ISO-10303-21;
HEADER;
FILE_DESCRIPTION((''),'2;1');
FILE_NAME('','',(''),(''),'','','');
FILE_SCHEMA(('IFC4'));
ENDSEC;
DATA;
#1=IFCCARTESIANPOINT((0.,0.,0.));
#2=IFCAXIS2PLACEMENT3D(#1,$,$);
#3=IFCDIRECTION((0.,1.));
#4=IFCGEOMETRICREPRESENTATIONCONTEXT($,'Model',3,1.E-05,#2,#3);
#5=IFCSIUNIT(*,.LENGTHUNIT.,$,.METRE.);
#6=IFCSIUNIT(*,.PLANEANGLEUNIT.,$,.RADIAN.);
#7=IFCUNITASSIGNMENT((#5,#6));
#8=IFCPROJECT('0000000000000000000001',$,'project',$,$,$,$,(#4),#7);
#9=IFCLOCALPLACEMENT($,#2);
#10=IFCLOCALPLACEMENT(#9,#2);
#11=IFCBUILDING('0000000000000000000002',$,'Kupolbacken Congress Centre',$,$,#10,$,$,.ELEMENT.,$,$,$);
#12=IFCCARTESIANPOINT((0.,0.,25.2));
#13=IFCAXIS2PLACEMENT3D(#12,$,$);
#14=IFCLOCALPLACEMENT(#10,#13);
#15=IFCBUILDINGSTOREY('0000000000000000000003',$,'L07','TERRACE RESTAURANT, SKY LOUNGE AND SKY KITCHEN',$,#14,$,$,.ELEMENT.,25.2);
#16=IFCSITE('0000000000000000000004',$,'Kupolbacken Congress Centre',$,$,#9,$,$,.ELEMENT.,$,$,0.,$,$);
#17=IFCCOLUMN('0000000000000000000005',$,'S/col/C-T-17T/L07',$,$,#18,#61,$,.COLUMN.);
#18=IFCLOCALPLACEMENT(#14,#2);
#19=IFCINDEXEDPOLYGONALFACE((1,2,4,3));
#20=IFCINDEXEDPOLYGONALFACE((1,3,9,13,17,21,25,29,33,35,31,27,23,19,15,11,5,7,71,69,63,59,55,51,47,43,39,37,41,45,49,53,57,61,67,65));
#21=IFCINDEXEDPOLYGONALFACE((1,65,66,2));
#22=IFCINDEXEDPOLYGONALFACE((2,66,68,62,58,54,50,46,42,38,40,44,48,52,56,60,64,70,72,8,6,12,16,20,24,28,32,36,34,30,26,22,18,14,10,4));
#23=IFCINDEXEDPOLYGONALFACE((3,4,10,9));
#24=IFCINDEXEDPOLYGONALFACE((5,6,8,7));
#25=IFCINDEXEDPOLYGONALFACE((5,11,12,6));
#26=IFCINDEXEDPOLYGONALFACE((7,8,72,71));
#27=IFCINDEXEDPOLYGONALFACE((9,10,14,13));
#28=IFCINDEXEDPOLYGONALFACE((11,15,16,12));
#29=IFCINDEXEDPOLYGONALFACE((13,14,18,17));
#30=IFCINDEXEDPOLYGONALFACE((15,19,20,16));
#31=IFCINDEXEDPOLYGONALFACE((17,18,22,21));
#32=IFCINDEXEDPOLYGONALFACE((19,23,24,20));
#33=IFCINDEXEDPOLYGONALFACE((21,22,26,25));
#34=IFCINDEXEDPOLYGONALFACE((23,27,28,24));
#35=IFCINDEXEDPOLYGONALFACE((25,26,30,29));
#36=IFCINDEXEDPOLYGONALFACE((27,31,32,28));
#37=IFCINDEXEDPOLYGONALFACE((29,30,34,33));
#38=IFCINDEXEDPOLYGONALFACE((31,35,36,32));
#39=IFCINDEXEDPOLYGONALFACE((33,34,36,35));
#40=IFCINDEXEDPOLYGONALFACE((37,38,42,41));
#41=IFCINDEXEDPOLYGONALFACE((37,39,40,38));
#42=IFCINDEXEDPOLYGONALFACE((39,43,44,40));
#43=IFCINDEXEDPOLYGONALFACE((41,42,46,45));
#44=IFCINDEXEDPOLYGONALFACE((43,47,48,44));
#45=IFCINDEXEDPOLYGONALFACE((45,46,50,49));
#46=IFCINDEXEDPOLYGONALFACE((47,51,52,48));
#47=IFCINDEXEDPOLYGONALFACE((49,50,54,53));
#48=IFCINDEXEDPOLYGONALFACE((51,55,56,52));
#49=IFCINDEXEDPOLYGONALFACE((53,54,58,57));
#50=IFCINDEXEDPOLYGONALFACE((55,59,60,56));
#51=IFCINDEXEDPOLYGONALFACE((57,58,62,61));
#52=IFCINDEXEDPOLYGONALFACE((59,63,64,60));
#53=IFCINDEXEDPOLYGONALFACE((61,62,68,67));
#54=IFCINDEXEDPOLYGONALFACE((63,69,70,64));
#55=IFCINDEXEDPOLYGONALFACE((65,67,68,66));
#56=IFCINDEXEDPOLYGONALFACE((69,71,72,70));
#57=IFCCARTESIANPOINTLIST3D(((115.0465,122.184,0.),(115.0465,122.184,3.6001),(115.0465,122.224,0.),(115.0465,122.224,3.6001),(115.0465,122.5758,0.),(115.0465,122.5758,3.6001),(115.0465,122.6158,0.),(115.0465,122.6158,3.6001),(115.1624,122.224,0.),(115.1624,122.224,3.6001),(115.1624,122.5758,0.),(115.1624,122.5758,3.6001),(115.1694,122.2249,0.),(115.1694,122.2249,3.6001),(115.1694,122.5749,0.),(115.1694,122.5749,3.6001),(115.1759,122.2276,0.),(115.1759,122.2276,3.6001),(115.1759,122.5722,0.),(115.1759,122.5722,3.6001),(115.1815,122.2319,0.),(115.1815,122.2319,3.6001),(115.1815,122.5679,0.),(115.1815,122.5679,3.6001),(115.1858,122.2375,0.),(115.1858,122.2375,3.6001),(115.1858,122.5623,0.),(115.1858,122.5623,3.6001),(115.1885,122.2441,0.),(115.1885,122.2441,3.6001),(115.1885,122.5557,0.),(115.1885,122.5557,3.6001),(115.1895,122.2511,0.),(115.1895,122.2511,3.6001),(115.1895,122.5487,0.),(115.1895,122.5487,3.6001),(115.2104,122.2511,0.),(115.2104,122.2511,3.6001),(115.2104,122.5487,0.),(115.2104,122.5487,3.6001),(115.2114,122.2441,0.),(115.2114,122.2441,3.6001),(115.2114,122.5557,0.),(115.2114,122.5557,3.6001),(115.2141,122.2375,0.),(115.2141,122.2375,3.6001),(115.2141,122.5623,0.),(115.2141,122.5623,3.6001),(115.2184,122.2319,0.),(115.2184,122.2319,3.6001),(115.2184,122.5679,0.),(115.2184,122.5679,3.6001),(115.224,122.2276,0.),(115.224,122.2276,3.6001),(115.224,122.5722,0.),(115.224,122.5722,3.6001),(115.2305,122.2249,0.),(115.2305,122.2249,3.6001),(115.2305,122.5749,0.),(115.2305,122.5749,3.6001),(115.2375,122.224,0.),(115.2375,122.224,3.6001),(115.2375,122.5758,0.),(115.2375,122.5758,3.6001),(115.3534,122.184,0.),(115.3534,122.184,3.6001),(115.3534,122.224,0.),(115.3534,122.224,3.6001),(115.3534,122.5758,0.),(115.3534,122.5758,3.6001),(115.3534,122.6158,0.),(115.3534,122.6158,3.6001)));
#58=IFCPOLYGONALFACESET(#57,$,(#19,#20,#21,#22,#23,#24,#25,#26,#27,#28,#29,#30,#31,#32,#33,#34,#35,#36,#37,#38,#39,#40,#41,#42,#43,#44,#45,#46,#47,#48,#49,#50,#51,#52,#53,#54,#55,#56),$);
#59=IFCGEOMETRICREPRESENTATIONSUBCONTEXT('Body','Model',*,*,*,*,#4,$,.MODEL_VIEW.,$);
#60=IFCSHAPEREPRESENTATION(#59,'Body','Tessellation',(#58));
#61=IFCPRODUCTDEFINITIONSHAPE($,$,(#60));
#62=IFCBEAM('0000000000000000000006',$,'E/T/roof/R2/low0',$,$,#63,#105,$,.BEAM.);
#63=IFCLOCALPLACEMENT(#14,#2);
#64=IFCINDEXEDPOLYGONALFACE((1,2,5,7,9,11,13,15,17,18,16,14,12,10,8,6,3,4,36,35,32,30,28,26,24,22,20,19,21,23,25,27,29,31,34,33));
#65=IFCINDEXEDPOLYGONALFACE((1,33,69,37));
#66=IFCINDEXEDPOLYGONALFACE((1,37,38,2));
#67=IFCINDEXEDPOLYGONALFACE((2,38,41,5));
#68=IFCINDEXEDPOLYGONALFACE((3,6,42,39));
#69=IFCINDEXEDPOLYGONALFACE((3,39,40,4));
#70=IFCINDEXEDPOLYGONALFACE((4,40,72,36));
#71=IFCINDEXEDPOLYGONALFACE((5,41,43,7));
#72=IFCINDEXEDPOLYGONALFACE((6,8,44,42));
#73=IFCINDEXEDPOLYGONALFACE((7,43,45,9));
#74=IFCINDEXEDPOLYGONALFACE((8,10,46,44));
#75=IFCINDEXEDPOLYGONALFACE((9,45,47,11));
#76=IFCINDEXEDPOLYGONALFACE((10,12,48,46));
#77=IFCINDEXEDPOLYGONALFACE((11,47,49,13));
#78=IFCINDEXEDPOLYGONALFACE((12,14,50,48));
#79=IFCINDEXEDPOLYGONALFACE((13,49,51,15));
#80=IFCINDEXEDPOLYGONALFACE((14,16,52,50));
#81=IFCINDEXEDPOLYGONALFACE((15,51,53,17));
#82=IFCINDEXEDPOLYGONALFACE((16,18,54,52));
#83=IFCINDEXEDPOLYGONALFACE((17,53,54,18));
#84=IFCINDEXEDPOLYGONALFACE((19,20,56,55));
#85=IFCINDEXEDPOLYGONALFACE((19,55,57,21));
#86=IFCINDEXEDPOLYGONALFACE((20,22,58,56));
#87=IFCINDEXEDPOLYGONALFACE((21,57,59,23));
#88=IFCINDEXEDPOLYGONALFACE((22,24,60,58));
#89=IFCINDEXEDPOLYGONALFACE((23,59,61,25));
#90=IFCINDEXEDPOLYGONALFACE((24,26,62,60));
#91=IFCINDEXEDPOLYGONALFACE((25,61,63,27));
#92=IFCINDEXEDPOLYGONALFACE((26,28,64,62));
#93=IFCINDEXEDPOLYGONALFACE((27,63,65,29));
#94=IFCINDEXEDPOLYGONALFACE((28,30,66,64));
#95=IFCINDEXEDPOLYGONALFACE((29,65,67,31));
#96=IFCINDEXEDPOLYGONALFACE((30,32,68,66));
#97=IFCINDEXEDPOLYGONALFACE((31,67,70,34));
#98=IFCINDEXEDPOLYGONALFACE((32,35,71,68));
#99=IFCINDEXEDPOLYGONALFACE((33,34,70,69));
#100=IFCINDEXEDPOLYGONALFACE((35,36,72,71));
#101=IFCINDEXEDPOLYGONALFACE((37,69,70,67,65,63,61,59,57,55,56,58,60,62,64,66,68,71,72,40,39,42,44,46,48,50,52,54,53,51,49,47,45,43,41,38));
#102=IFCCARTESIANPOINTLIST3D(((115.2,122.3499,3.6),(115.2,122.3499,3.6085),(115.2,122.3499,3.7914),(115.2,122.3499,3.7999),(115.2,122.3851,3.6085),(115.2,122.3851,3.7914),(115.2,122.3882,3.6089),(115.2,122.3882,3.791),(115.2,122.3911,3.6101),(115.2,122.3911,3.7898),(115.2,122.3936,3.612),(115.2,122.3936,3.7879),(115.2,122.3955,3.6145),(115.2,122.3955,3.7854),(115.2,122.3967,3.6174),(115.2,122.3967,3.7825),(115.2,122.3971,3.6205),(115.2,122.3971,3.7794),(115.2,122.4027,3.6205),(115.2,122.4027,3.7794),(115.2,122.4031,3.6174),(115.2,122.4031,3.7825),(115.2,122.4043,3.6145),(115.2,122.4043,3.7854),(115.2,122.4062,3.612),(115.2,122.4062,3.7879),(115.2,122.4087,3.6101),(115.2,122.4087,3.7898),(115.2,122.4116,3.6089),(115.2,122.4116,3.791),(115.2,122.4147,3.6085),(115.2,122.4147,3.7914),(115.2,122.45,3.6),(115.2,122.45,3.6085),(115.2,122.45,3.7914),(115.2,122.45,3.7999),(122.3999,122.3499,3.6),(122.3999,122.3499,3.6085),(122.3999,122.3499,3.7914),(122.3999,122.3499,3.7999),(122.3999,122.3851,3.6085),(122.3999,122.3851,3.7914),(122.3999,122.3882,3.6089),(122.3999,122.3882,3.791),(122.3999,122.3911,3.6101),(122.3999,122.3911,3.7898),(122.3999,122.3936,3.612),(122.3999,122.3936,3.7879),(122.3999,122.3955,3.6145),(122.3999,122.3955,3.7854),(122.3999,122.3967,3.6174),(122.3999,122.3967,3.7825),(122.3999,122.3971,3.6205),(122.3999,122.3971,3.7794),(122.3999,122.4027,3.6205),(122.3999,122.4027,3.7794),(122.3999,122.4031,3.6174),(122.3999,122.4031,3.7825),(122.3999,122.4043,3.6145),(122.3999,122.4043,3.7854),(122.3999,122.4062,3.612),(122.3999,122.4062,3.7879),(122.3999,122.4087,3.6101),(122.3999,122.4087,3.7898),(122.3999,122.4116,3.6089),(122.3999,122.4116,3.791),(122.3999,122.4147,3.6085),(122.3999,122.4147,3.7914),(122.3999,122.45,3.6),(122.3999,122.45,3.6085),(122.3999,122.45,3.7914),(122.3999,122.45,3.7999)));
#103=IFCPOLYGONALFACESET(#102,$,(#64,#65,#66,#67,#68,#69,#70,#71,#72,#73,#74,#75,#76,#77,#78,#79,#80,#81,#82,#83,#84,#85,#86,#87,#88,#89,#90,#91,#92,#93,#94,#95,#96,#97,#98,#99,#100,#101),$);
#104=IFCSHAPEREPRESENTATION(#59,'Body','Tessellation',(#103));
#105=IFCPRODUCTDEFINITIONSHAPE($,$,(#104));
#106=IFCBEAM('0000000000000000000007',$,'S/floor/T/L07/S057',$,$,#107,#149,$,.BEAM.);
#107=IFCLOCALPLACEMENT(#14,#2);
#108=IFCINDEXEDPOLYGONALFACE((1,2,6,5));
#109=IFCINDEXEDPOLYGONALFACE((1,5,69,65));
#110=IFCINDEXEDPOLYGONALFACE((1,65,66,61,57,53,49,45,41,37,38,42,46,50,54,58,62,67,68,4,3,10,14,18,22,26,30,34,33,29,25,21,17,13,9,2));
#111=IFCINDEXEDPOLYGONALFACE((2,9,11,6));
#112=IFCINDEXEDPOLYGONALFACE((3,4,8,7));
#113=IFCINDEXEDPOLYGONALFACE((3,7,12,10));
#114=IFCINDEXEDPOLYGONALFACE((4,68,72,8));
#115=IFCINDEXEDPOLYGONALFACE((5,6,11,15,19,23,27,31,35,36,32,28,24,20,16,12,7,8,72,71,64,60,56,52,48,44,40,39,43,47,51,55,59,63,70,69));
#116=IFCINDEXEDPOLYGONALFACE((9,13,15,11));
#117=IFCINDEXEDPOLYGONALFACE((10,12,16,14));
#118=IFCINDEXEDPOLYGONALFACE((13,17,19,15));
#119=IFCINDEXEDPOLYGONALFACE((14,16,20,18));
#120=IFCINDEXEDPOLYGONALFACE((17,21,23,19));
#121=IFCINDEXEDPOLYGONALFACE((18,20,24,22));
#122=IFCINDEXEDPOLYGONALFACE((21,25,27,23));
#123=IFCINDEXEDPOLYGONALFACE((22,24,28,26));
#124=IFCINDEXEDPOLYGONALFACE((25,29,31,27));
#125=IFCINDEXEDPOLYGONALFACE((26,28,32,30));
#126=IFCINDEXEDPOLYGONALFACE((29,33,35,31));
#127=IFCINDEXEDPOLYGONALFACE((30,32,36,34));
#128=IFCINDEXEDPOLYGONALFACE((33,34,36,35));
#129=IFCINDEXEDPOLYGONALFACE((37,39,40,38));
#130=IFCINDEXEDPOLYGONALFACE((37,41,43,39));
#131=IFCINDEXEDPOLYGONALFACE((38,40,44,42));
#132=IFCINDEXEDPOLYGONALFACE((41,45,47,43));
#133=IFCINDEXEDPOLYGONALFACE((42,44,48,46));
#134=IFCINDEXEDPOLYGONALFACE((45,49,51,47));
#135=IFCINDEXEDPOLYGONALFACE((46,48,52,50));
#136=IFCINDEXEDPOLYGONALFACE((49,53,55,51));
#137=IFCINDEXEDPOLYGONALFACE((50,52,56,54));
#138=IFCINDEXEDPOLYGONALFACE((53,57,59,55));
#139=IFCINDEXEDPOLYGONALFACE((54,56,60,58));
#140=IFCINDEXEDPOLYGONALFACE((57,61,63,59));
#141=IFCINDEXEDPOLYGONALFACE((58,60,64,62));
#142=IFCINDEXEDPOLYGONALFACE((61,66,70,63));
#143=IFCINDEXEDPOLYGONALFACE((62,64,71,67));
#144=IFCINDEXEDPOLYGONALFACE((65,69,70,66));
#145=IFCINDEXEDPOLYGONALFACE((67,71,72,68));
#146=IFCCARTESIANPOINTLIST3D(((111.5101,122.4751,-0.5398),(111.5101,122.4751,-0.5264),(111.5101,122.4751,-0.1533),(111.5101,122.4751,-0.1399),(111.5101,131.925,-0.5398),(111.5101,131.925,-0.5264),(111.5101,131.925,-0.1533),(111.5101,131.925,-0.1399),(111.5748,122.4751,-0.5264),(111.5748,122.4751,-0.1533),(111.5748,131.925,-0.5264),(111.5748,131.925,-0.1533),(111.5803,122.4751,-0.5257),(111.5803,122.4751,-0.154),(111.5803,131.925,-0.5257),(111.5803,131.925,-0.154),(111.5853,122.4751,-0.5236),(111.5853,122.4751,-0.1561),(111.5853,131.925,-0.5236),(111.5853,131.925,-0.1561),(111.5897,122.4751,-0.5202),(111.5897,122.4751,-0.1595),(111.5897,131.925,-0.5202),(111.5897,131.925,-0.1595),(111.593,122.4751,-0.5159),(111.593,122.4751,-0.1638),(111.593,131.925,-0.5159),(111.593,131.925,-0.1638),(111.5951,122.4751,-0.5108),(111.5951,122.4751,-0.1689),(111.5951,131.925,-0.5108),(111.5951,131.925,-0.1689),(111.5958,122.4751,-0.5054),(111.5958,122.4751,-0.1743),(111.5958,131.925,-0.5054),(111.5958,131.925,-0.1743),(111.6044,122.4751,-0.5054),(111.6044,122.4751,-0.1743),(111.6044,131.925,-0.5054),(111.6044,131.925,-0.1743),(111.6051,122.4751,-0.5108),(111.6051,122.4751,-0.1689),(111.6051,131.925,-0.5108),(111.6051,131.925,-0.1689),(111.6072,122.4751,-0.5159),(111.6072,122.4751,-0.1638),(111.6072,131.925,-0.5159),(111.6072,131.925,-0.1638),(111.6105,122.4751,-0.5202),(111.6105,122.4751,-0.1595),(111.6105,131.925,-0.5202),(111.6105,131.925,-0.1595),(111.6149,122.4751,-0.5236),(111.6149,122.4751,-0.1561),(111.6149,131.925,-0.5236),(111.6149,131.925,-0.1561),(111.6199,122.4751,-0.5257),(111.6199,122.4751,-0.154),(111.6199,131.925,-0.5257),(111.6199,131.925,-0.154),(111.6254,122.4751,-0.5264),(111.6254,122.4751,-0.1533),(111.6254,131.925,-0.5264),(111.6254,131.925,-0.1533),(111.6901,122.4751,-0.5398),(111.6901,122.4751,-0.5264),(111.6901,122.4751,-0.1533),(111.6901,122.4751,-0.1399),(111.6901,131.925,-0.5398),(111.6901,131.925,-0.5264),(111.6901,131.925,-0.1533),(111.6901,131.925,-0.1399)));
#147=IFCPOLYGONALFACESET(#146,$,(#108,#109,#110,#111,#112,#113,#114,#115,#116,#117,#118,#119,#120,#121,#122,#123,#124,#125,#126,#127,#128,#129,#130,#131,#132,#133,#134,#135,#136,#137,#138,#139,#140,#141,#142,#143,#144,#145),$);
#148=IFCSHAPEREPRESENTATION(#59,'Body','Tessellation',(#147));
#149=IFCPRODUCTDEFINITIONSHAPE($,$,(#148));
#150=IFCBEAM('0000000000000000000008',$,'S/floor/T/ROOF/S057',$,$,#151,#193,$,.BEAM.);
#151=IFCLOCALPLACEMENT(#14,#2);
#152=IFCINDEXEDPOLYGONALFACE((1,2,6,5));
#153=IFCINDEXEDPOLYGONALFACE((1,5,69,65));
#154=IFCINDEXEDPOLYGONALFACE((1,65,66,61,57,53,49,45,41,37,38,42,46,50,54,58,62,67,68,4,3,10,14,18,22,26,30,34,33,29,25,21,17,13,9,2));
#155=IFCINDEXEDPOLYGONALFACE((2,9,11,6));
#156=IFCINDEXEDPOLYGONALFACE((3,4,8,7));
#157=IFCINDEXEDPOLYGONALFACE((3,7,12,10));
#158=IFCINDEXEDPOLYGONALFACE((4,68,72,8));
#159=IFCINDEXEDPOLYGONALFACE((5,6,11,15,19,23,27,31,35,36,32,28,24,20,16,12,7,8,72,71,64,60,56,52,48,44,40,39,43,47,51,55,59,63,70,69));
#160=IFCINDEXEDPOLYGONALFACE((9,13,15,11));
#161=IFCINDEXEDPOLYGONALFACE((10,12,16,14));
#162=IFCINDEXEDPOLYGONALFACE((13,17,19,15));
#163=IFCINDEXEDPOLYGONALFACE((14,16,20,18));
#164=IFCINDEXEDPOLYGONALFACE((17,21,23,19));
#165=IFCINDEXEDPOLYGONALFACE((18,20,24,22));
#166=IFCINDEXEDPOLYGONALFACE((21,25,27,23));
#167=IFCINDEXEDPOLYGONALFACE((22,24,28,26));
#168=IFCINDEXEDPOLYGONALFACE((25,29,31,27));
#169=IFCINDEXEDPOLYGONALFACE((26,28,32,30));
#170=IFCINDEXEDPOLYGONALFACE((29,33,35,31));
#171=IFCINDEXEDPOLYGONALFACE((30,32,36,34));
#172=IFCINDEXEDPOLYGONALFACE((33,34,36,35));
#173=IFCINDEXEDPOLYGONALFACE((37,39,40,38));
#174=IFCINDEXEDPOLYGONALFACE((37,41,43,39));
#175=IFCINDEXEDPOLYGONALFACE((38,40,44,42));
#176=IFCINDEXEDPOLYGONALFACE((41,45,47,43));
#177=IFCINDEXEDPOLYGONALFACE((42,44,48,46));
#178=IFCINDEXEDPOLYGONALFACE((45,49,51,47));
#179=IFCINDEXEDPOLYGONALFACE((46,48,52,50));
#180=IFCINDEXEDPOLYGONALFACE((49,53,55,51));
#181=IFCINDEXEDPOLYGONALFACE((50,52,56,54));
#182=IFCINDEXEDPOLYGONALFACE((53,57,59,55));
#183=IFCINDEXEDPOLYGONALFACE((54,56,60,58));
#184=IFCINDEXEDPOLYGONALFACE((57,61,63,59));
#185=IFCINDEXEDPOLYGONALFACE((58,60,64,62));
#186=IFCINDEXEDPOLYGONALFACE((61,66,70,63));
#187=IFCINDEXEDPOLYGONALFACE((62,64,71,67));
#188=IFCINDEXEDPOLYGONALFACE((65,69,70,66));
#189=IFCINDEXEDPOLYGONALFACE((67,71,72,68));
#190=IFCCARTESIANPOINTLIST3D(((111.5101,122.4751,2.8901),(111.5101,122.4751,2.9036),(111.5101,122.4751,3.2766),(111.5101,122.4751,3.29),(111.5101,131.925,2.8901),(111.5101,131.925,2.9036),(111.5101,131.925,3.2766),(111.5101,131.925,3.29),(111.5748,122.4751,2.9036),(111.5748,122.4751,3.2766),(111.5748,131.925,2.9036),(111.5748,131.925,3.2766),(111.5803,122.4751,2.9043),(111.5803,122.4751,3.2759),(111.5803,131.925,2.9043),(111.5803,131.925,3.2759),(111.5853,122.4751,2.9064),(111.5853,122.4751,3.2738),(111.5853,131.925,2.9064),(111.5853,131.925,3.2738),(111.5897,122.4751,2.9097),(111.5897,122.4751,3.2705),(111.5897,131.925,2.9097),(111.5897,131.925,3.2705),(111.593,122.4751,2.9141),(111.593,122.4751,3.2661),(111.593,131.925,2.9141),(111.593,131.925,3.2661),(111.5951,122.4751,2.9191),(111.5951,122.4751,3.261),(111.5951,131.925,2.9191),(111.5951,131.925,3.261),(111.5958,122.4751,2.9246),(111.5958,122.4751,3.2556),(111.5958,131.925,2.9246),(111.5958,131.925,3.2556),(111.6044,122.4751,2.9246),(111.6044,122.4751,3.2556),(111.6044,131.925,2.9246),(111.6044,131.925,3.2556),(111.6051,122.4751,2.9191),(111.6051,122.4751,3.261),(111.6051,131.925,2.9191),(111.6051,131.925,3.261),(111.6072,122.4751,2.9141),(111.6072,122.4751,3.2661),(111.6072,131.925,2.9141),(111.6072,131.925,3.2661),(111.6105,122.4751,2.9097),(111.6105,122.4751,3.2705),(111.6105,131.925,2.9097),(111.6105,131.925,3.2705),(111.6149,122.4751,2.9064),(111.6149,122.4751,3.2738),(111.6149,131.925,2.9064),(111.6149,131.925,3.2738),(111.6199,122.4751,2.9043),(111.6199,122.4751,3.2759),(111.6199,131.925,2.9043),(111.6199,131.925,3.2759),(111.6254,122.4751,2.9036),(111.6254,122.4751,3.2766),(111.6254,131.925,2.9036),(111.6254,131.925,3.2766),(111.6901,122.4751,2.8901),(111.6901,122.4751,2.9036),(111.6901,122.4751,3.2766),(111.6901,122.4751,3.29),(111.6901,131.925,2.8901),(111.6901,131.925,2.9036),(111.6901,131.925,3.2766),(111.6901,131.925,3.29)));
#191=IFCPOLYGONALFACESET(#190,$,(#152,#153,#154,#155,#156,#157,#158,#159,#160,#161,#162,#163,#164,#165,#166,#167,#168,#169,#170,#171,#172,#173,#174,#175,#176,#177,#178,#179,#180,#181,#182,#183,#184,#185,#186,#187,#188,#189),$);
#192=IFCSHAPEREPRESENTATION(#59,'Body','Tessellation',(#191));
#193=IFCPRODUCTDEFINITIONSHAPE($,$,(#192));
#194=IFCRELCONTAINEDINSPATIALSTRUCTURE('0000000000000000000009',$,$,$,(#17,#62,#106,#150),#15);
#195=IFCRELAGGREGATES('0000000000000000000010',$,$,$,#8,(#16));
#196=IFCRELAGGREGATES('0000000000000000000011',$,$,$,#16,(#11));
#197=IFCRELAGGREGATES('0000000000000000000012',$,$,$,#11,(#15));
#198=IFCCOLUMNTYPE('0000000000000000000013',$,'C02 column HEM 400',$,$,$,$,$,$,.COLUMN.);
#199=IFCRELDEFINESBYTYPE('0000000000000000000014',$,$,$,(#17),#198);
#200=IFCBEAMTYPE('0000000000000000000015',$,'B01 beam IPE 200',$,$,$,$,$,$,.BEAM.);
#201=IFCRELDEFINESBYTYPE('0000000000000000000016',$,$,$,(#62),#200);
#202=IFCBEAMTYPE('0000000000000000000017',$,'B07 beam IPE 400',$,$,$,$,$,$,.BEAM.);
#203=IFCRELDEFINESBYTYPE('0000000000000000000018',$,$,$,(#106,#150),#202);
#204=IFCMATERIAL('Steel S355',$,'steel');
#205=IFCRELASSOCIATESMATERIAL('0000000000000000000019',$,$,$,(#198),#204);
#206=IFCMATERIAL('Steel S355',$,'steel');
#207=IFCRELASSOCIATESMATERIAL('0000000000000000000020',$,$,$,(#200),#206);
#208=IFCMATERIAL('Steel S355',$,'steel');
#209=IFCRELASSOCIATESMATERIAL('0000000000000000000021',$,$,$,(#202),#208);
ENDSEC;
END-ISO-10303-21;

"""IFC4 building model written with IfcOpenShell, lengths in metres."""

from ifc_helpers import new_model, si_unit, direction, frame, origin, origin_2d, place, context, subcontext, project, spatial, i_section, extrude, material, material_profile, profile_set, type_object, element, save


model = new_model("IFC4")

# Units and contexts
model_context = context("Model", 3, precision=1e-05, world=origin(), true_north=direction((0.0, 1.0)))
body_context = subcontext(model_context, "Body", "Model", "MODEL_VIEW")
ifc_project = project(units=[si_unit("LENGTHUNIT", "METRE"), si_unit("PLANEANGLEUNIT", "RADIAN")], contexts=[model_context])

# Site, building, storey
site_placement = place(None, origin())
site = spatial("IfcSite", under=ifc_project, at=site_placement, Name="Kupolbacken Congress Centre", CompositionType="ELEMENT", RefElevation=0.0)
building_placement = place(site_placement, origin())
building = spatial("IfcBuilding", under=site, at=building_placement, Name="Kupolbacken Congress Centre", CompositionType="ELEMENT")
storey_placement = place(building_placement, frame((0.0, 0.0, 25.2)))
storey = spatial("IfcBuildingStorey", under=building, at=storey_placement, Name="L07", Description="TERRACE RESTAURANT, SKY LOUNGE AND SKY KITCHEN", CompositionType="ELEMENT", Elevation=25.2)

# Column
ifc_material_1 = material(Name="Steel S355", Category="steel")
ifc_material_profile_1 = material_profile(ifc_material_1, i_section(OverallWidth=0.3069, OverallDepth=0.4319, WebThickness=0.021, FlangeThickness=0.04, FilletRadius=0.0271, at=origin_2d()), Name="HEM 400")
ifc_profile_set_1 = profile_set([ifc_material_profile_1], Name="Steel S355")
column_type = type_object("IfcColumnType", Name="C02 column HEM 400", PredefinedType="COLUMN", material=ifc_profile_set_1)
column_placement = place(storey_placement, frame((115.2, 122.3999, 0.0), z_axis=(0.0, 0.0, 1.0), x_axis=(1.0, 0.0, 0.0)))
element("IfcColumn", 1, at=column_placement, inside=storey, type_object=column_type, Name="S/col/C-T-17T/L07", PredefinedType="COLUMN", context=body_context, shape_type="SweptSolid", body=[
    extrude(i_section(OverallWidth=0.3069, OverallDepth=0.4319, WebThickness=0.021, FlangeThickness=0.04, FilletRadius=0.0271, at=origin_2d()), origin(), (0.0, 0.0, 1.0), 3.6001),
])

# Beams
ifc_material_2 = material(Name="Steel S355", Category="steel")
ifc_material_profile_2 = material_profile(ifc_material_2, i_section(OverallWidth=0.1001, OverallDepth=0.2, WebThickness=0.0056, FlangeThickness=0.0085, FilletRadius=0.012, at=origin_2d()), Name="IPE 200")
ifc_profile_set_2 = profile_set([ifc_material_profile_2], Name="Steel S355")
beam_type_1 = type_object("IfcBeamType", Name="B01 beam IPE 200", PredefinedType="BEAM", material=ifc_profile_set_2)
beam_placement = place(storey_placement, frame((115.2, 122.3999, 3.7), z_axis=(1.0, 0.0, 0.0), x_axis=(0.0, 1.0, 0.0)))
element("IfcBeam", 2, at=beam_placement, inside=storey, type_object=beam_type_1, Name="E/T/roof/R2/low0", PredefinedType="BEAM", context=body_context, shape_type="SweptSolid", body=[
    extrude(i_section(OverallWidth=0.1001, OverallDepth=0.2, WebThickness=0.0056, FlangeThickness=0.0085, FilletRadius=0.012, at=origin_2d()), origin(), (0.0, 0.0, 1.0), 7.2),
])
ifc_material_3 = material(Name="Steel S355", Category="steel")
ifc_material_profile_3 = material_profile(ifc_material_3, i_section(OverallWidth=0.1799, OverallDepth=0.3999, WebThickness=0.0085, FlangeThickness=0.0134, FilletRadius=0.021, at=origin_2d()), Name="IPE 400")
ifc_profile_set_3 = profile_set([ifc_material_profile_3], Name="Steel S355")
beam_type_2 = type_object("IfcBeamType", Name="B07 beam IPE 400", PredefinedType="BEAM", material=ifc_profile_set_3)
for number, where, z_axis, x_axis, name in (
    (3, (111.6001, 122.4751, -0.3398), (0.0, 1.0, 0.0), (-1.0, 0.0, 0.0), "S/floor/T/L07/S057"),
    (4, (111.6001, 122.4751, 3.0901), (0.0, 1.0, 0.0), (-1.0, 0.0, 0.0), "S/floor/T/ROOF/S057"),
):
    element("IfcBeam", number, at=place(storey_placement, frame(where, z_axis=z_axis, x_axis=x_axis)), inside=storey, type_object=beam_type_2, Name=name, PredefinedType="BEAM", context=body_context, shape_type="SweptSolid", body=[
        extrude(i_section(OverallWidth=0.1799, OverallDepth=0.3999, WebThickness=0.0085, FlangeThickness=0.0134, FilletRadius=0.021, at=origin_2d()), origin(), (0.0, 0.0, 1.0), 9.45),
    ])

save(model, "model.ifc")
